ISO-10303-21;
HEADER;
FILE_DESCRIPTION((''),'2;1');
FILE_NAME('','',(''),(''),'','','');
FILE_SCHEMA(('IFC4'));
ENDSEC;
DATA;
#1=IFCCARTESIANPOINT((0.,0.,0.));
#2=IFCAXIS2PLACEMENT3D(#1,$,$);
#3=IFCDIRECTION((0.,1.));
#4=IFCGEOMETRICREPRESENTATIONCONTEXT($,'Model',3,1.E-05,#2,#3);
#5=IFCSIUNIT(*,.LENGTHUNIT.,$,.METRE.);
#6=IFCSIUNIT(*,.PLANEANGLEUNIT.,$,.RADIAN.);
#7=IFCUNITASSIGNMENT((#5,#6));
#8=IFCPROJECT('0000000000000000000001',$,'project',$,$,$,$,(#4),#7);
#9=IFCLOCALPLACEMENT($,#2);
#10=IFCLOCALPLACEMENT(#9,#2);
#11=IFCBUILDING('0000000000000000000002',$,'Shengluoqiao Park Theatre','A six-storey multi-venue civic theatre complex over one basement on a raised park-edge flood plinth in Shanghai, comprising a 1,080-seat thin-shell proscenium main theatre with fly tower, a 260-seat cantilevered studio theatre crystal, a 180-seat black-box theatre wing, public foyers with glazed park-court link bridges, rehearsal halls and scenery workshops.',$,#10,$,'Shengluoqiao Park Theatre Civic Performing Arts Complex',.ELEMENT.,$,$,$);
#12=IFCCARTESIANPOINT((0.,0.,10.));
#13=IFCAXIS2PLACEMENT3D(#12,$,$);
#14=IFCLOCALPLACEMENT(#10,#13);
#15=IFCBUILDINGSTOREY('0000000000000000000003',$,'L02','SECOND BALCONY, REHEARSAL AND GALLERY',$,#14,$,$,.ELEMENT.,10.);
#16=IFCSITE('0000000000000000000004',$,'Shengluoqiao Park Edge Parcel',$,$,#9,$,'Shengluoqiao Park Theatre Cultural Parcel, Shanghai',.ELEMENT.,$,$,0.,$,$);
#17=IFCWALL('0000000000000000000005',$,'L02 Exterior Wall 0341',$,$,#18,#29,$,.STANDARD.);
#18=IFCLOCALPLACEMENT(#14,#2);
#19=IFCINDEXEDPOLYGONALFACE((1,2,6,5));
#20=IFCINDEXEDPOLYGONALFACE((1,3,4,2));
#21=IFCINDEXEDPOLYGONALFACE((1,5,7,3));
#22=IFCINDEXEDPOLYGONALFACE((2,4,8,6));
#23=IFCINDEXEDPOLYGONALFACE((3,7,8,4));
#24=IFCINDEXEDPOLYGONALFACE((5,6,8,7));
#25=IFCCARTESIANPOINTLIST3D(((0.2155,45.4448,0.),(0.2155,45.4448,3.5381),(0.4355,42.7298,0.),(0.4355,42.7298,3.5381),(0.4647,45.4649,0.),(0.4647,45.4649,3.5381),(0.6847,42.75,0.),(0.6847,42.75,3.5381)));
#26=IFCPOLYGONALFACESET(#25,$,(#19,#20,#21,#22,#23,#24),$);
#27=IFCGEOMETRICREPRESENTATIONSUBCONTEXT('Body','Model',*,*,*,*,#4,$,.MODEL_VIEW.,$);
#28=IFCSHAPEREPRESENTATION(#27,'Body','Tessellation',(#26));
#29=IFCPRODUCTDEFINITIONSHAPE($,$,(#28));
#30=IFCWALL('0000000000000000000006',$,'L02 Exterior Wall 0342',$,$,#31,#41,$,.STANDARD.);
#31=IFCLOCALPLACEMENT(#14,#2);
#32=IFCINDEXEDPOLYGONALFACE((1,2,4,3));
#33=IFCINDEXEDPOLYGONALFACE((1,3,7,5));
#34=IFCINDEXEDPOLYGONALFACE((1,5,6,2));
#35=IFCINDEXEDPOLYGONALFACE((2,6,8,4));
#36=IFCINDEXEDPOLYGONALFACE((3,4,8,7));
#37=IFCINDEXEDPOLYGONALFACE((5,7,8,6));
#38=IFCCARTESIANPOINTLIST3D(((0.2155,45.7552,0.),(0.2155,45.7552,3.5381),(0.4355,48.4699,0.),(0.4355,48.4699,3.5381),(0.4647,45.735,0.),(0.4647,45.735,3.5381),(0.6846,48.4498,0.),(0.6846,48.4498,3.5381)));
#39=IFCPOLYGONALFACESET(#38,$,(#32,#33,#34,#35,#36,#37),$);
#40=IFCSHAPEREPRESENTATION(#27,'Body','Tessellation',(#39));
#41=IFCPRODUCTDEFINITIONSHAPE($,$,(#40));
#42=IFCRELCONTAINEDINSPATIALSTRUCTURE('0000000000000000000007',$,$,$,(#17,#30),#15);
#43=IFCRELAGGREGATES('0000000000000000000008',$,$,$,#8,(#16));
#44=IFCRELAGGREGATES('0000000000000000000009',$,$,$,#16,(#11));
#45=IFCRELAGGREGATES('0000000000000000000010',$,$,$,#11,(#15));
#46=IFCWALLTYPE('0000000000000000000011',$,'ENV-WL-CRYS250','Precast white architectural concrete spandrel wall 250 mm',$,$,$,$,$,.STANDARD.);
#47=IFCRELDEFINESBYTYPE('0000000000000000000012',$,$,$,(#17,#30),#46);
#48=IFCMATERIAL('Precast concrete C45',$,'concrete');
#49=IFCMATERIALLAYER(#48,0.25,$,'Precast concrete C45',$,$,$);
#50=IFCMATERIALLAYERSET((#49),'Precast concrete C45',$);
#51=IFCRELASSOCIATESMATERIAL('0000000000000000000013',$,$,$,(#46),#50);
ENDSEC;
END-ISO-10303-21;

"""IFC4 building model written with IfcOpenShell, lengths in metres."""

from ifc_helpers import new_model, si_unit, direction, frame, frame_2d, origin, place, context, subcontext, project, spatial, rectangle, extrude, material, layer, layer_set, type_object, element, save


model = new_model("IFC4")

# Units and contexts
model_context = context("Model", 3, precision=1e-05, world=origin(), true_north=direction((0.0, 1.0)))
body_context = subcontext(model_context, "Body", "Model", "MODEL_VIEW")
ifc_project = project(units=[si_unit("LENGTHUNIT", "METRE"), si_unit("PLANEANGLEUNIT", "RADIAN")], contexts=[model_context])

# Site, building, storey
site_placement = place(None, origin())
site = spatial("IfcSite", under=ifc_project, at=site_placement, Name="Shengluoqiao Park Edge Parcel", LongName="Shengluoqiao Park Theatre Cultural Parcel, Shanghai", CompositionType="ELEMENT", RefElevation=0.0)
building_placement = place(site_placement, origin())
building = spatial("IfcBuilding", under=site, at=building_placement, Name="Shengluoqiao Park Theatre", Description="A six-storey multi-venue civic theatre complex over one basement on a raised park-edge flood plinth in Shanghai, comprising a 1,080-seat thin-shell proscenium main theatre with fly tower, a 260-seat cantilevered studio theatre crystal, a 180-seat black-box theatre wing, public foyers with glazed park-court link bridges, rehearsal halls and scenery workshops.", LongName="Shengluoqiao Park Theatre Civic Performing Arts Complex", CompositionType="ELEMENT")
storey_placement = place(building_placement, frame((0.0, 0.0, 10.0)))
storey = spatial("IfcBuildingStorey", under=building, at=storey_placement, Name="L02", Description="SECOND BALCONY, REHEARSAL AND GALLERY", CompositionType="ELEMENT", Elevation=10.0)

# Shared definitions
ifc_material_1 = material(Name="Precast concrete C45", Category="concrete")

# Walls
ifc_layer_1 = layer(ifc_material_1, 0.25, Name="Precast concrete C45")
ifc_layer_set_1 = layer_set([ifc_layer_1], Name="Precast concrete C45")
wall_type = type_object("IfcWallType", Name="ENV-WL-CRYS250", Description="Precast white architectural concrete spandrel wall 250 mm", PredefinedType="STANDARD", material=ifc_layer_set_1)
wall_1_placement = place(storey_placement, frame((0.5601, 42.74, 0.0), z_axis=(0.0, 0.0, 1.0), x_axis=(-0.080753, 0.996734, 0.0)))
element("IfcWall", 1, at=wall_1_placement, inside=storey, type_object=wall_type, Name="L02 Exterior Wall 0341", PredefinedType="STANDARD", context=body_context, shape_type="SweptSolid", body=[
    extrude(rectangle(XDim=2.7239, YDim=0.25, at=frame_2d((1.3618, 0.0))), origin(), (0.0, 0.0, 1.0), 3.5381),
])
wall_2_placement = place(storey_placement, frame((0.3401, 45.7451, 0.0), z_axis=(0.0, 0.0, 1.0), x_axis=(0.080761, 0.996734, 0.0)))
element("IfcWall", 2, at=wall_2_placement, inside=storey, type_object=wall_type, Name="L02 Exterior Wall 0342", PredefinedType="STANDARD", context=body_context, shape_type="SweptSolid", body=[
    extrude(rectangle(XDim=2.7236, YDim=0.25, at=frame_2d((1.3618, 0.0))), origin(), (0.0, 0.0, 1.0), 3.5381),
])

save(model, "model.ifc")
